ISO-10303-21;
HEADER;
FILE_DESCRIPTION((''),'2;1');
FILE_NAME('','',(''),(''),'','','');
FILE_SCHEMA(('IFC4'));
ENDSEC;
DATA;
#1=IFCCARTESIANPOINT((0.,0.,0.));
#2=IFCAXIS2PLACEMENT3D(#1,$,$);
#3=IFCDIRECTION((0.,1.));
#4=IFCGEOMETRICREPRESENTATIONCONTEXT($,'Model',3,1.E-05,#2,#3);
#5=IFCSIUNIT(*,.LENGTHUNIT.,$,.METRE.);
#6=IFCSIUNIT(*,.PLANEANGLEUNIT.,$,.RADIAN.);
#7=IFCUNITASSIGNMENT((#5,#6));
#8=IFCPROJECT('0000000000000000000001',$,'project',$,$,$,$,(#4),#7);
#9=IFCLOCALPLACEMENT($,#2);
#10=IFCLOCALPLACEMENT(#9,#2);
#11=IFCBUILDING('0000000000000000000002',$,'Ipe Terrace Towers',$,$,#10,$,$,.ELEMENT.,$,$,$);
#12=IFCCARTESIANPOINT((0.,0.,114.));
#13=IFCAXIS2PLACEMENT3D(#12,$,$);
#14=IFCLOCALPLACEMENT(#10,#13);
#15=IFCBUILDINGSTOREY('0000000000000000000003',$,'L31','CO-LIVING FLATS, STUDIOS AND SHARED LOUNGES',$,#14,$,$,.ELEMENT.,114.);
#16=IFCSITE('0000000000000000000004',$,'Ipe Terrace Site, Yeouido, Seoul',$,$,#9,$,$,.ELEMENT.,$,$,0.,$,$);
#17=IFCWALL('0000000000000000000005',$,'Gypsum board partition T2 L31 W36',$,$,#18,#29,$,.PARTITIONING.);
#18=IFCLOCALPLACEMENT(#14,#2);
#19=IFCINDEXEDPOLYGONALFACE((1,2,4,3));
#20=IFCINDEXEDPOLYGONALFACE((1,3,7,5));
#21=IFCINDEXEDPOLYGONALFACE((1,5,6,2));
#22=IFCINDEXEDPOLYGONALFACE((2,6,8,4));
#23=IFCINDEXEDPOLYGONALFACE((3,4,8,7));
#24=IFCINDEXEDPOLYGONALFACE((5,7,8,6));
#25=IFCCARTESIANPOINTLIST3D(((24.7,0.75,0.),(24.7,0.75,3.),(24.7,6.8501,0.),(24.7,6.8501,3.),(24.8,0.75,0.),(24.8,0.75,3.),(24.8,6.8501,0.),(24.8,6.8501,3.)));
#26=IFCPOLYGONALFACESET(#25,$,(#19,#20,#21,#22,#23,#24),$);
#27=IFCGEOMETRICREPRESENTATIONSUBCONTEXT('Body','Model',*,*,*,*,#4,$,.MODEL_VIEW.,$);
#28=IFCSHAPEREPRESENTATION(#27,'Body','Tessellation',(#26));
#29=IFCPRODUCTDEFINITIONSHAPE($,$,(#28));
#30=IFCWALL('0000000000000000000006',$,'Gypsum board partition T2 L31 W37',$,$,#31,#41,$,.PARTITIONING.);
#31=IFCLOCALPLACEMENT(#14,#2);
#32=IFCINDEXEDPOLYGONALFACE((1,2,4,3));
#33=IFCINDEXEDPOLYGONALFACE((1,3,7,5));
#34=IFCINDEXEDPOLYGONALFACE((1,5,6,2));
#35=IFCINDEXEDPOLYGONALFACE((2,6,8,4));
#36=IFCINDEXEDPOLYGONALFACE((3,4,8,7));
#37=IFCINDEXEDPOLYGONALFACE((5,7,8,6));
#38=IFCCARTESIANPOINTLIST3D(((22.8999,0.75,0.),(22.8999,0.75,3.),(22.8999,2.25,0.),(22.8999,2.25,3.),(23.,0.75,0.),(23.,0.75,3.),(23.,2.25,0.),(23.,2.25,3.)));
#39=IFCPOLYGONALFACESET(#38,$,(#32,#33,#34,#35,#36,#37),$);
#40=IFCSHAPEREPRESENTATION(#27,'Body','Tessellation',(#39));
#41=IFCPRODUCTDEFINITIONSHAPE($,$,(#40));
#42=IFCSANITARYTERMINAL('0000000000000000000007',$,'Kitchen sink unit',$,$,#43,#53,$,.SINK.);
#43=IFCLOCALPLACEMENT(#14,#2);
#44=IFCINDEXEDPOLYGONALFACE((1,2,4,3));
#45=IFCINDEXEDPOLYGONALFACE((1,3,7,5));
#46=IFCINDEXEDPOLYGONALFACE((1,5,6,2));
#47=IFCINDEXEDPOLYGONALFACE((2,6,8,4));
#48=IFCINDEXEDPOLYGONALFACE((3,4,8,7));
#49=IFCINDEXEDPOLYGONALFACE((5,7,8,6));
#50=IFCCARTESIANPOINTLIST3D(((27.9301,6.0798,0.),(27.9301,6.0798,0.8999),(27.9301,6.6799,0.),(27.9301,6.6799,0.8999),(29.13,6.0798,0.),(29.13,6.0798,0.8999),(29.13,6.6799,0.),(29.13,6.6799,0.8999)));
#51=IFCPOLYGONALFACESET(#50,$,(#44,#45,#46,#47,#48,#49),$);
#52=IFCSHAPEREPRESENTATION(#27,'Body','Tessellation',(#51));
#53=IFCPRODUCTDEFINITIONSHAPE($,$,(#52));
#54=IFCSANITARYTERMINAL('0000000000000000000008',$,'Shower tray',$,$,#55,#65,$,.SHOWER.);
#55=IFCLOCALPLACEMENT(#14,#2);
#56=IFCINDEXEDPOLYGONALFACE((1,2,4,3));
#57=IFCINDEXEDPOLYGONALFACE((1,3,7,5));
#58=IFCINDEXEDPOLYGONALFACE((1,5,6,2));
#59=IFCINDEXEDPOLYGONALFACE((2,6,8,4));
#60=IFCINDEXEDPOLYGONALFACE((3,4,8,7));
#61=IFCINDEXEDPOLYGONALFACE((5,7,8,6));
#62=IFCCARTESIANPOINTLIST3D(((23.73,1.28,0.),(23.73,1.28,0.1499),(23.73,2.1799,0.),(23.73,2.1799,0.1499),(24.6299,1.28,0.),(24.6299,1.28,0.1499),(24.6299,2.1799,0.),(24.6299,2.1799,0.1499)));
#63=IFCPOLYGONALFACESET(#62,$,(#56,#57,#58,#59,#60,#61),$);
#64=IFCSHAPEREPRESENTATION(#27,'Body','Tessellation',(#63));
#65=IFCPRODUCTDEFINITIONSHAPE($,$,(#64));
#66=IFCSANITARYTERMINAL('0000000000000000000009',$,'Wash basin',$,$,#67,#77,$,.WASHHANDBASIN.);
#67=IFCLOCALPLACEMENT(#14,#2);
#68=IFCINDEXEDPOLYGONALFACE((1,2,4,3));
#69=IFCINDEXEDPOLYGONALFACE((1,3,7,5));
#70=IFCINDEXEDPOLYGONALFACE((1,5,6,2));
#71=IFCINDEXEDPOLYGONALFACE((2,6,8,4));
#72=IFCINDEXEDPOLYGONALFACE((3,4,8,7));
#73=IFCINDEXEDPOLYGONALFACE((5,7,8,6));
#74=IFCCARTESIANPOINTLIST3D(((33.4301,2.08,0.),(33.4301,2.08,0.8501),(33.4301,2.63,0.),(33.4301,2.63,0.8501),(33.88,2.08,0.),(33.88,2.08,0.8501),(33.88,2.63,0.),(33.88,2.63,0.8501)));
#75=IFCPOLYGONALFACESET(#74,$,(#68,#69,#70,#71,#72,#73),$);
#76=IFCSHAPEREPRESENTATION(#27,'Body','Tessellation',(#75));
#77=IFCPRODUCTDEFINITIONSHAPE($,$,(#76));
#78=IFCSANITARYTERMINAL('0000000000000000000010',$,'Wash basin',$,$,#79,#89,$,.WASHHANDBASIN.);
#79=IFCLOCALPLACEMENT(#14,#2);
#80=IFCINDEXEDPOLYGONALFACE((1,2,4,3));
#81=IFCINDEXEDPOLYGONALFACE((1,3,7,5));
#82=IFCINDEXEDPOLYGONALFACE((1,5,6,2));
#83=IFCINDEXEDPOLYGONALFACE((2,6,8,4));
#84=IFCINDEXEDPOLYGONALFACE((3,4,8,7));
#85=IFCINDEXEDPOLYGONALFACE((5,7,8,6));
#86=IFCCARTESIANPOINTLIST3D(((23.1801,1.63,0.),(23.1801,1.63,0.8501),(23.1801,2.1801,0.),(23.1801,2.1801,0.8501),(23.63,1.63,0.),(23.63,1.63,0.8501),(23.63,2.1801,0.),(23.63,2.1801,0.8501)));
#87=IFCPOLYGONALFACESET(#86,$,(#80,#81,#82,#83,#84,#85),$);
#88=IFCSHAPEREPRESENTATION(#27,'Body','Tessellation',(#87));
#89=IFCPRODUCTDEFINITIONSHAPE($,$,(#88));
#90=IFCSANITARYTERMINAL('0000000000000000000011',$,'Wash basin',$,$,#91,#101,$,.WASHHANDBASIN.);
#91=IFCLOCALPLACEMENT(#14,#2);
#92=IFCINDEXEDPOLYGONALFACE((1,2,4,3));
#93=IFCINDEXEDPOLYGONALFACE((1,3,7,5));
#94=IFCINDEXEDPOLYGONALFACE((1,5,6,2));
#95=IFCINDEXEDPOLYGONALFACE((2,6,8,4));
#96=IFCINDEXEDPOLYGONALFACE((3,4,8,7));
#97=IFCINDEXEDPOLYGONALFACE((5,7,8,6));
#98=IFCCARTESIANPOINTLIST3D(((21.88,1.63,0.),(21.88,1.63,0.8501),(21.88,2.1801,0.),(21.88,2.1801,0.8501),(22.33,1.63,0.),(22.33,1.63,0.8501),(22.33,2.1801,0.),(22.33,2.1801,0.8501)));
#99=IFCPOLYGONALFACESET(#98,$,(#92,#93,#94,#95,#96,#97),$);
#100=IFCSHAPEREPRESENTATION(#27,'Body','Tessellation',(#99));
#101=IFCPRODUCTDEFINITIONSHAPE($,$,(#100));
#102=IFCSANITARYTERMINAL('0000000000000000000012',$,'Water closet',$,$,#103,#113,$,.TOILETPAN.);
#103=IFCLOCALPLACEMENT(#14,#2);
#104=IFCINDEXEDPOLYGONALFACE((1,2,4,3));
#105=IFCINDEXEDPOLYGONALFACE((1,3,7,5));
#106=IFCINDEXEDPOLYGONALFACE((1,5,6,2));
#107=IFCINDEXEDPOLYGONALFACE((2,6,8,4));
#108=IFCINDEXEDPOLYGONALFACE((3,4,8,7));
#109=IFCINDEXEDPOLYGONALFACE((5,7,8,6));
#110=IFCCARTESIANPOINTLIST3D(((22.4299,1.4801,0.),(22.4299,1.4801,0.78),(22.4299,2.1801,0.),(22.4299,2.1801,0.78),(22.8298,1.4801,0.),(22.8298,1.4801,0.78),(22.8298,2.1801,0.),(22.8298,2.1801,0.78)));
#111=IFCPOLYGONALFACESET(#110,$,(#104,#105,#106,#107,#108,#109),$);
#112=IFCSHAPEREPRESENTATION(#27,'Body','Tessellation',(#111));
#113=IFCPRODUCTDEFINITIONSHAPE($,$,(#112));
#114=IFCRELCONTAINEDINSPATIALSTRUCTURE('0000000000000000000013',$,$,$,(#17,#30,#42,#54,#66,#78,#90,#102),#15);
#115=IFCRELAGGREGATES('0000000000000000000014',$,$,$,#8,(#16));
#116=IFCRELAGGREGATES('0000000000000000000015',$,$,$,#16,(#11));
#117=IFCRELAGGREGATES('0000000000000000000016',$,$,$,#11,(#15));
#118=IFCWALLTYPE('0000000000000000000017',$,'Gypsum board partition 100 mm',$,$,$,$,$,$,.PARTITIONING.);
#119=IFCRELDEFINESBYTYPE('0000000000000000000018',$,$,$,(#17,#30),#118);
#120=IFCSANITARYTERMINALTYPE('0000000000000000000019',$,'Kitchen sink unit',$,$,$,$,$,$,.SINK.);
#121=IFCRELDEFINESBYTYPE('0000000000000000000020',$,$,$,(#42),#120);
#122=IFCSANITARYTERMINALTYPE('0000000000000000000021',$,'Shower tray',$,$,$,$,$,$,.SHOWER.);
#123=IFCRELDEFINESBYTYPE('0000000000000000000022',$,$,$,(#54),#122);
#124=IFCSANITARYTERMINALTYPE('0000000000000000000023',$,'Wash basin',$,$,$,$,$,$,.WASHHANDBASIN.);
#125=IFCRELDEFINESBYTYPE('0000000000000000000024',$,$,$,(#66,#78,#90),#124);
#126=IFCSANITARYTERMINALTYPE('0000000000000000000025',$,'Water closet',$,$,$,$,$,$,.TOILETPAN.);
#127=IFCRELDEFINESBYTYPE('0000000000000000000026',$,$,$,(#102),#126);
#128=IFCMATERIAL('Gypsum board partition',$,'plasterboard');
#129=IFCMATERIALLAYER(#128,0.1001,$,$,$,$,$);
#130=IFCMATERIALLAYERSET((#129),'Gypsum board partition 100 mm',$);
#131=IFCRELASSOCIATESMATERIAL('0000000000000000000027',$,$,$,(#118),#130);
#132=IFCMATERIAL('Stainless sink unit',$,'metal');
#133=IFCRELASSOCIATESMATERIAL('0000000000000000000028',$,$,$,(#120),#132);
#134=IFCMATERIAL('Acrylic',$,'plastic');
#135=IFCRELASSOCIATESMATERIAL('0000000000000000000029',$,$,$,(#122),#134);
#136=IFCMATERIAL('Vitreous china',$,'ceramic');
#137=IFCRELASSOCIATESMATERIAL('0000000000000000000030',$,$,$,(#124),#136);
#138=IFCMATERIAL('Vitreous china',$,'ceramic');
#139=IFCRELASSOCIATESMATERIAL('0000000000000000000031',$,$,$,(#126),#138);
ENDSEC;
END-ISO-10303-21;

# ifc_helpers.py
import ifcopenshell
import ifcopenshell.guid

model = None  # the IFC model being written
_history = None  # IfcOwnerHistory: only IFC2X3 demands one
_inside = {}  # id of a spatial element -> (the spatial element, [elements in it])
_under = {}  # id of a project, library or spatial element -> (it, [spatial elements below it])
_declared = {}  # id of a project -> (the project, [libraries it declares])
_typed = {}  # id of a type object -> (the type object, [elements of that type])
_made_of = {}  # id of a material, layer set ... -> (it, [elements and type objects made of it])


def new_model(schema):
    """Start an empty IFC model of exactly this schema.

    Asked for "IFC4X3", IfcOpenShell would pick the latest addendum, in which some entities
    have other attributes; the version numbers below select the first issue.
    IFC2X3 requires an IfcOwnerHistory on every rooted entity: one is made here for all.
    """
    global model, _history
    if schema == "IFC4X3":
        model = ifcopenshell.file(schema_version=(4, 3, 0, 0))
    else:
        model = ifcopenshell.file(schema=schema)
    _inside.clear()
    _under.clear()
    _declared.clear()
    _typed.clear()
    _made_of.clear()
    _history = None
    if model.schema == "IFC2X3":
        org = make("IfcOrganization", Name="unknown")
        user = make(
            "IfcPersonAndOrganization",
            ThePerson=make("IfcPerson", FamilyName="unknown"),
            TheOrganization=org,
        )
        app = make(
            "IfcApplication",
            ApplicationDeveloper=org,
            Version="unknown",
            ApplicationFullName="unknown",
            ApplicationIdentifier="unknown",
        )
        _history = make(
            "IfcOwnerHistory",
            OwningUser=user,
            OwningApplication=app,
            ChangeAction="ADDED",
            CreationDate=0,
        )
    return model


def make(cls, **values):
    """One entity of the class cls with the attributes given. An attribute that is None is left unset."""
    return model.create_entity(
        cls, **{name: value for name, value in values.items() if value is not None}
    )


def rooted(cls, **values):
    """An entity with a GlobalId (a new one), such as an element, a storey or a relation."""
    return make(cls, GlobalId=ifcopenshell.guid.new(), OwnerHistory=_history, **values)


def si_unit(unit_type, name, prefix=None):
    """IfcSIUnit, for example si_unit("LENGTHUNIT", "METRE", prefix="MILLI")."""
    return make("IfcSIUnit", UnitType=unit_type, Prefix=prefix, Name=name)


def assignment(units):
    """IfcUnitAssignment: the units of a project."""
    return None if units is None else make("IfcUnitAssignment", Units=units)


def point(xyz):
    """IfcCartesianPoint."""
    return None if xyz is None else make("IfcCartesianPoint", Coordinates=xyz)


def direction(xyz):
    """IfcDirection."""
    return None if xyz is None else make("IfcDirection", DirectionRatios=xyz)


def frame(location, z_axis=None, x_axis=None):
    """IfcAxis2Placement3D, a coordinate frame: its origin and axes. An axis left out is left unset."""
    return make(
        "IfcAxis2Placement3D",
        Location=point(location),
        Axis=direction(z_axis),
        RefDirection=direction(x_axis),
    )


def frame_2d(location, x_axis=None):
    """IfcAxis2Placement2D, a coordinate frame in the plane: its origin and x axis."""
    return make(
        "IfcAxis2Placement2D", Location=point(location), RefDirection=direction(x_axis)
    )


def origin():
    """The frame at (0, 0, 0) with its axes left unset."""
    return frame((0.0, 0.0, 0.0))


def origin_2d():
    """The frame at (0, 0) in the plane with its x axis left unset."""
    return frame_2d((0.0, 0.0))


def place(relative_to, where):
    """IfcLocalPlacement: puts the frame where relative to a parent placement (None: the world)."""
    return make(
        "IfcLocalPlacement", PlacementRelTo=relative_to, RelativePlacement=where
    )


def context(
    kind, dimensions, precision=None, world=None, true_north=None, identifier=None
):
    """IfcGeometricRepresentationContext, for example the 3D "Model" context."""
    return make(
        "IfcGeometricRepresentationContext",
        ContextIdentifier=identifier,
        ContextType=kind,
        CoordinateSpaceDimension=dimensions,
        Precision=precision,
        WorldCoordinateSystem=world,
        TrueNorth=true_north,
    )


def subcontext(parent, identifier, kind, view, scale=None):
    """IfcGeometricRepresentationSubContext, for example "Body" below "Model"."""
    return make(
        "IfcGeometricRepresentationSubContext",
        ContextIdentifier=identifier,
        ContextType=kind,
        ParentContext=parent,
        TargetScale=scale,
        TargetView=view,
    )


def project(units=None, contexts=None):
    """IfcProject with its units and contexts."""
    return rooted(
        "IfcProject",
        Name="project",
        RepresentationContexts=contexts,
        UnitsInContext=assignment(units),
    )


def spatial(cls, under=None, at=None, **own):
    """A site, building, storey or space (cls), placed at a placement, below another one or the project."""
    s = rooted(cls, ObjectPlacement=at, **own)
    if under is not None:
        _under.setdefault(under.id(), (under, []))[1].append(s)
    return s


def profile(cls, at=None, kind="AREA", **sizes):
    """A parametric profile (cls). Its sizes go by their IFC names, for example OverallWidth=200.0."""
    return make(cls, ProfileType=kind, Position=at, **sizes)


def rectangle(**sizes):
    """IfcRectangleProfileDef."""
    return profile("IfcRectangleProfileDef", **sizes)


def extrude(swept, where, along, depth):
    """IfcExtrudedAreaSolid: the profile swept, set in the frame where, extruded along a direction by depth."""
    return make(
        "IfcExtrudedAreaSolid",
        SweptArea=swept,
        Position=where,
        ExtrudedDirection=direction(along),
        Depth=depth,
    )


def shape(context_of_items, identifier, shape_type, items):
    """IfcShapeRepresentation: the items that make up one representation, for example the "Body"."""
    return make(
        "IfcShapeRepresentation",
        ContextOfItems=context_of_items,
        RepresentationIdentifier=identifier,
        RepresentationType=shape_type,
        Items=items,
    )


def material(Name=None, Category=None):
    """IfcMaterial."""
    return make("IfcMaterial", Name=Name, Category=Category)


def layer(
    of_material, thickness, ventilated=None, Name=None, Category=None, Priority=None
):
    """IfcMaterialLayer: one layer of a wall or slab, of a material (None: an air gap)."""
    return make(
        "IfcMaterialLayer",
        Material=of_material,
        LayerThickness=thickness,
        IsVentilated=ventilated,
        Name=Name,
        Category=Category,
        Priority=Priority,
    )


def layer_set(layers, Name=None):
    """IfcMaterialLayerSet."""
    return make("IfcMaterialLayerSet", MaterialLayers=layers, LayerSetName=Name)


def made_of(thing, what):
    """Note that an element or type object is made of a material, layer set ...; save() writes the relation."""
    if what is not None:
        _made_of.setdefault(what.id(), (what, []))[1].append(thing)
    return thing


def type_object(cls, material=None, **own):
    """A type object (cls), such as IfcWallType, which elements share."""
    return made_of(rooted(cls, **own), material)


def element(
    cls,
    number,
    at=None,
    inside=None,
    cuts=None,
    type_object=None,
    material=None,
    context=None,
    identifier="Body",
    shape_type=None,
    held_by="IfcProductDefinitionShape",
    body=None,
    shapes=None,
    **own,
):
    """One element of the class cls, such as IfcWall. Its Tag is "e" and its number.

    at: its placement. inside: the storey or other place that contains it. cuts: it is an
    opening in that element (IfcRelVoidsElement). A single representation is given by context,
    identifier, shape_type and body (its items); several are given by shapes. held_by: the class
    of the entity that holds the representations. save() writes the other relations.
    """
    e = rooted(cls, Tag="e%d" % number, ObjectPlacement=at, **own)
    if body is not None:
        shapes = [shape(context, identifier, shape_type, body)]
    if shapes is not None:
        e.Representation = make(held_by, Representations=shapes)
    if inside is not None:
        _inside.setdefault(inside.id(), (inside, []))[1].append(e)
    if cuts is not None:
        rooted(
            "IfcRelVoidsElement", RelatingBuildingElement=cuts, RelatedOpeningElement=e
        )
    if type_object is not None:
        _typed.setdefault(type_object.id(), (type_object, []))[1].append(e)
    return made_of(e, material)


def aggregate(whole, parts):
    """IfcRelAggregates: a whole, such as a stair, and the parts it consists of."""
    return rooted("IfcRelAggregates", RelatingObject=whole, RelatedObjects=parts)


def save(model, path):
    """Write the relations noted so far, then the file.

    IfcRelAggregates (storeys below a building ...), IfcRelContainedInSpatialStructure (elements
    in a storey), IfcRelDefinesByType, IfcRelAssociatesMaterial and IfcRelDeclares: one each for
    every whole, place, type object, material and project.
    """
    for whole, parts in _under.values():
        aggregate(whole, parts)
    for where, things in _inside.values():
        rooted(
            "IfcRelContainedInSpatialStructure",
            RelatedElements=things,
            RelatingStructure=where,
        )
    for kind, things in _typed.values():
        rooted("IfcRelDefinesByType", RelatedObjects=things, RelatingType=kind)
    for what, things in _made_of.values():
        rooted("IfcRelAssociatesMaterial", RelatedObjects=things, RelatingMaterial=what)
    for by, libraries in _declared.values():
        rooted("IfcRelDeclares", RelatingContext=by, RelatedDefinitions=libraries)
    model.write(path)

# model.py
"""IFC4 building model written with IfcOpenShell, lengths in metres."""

from ifc_helpers import new_model, si_unit, direction, frame, frame_2d, origin, origin_2d, place, context, subcontext, project, spatial, rectangle, extrude, material, layer, layer_set, type_object, element, save


model = new_model("IFC4")

# Units and contexts
model_context = context("Model", 3, precision=1e-05, world=origin(), true_north=direction((0.0, 1.0)))
body_context = subcontext(model_context, "Body", "Model", "MODEL_VIEW")
ifc_project = project(units=[si_unit("LENGTHUNIT", "METRE"), si_unit("PLANEANGLEUNIT", "RADIAN")], contexts=[model_context])

# Site, building, storey
site_placement = place(None, origin())
site = spatial("IfcSite", under=ifc_project, at=site_placement, Name="Ipe Terrace Site, Yeouido, Seoul", CompositionType="ELEMENT", RefElevation=0.0)
building_placement = place(site_placement, origin())
building = spatial("IfcBuilding", under=site, at=building_placement, Name="Ipe Terrace Towers", CompositionType="ELEMENT")
storey_placement = place(building_placement, frame((0.0, 0.0, 114.0)))
storey = spatial("IfcBuildingStorey", under=building, at=storey_placement, Name="L31", Description="CO-LIVING FLATS, STUDIOS AND SHARED LOUNGES", CompositionType="ELEMENT", Elevation=114.0)

# Shared definitions
ifc_material_1 = material(Name="Gypsum board partition", Category="plasterboard")
ifc_layer_1 = layer(ifc_material_1, 0.1001)
ifc_layer_set_1 = layer_set([ifc_layer_1], Name="Gypsum board partition 100 mm")
wall_type = type_object("IfcWallType", Name="Gypsum board partition 100 mm", PredefinedType="PARTITIONING", material=ifc_layer_set_1)

# Walls
wall_1_placement = place(storey_placement, frame((24.75, 0.75, 0.0), z_axis=(0.0, 0.0, 1.0), x_axis=(0.0, 1.0, 0.0)))
element("IfcWall", 1, at=wall_1_placement, inside=storey, type_object=wall_type, Name="Gypsum board partition T2 L31 W36", PredefinedType="PARTITIONING", context=body_context, shape_type="SweptSolid", body=[
    extrude(rectangle(XDim=6.1001, YDim=0.1001, at=frame_2d((3.05, 0.0))), origin(), (0.0, 0.0, 1.0), 3.0),
])
wall_2_placement = place(storey_placement, frame((22.95, 0.75, 0.0), z_axis=(0.0, 0.0, 1.0), x_axis=(0.0, 1.0, 0.0)))
element("IfcWall", 2, at=wall_2_placement, inside=storey, type_object=wall_type, Name="Gypsum board partition T2 L31 W37", PredefinedType="PARTITIONING", context=body_context, shape_type="SweptSolid", body=[
    extrude(rectangle(XDim=1.5, YDim=0.1001, at=frame_2d((0.75, 0.0))), origin(), (0.0, 0.0, 1.0), 3.0),
])

# Sanitary terminals
ifc_material_2 = material(Name="Stainless sink unit", Category="metal")
sanitary_terminal_type_1 = type_object("IfcSanitaryTerminalType", Name="Kitchen sink unit", PredefinedType="SINK", material=ifc_material_2)
sanitary_terminal_1_placement = place(storey_placement, frame((28.53, 6.3799, 0.0), z_axis=(0.0, 0.0, 1.0), x_axis=(1.0, 0.0, 0.0)))
element("IfcSanitaryTerminal", 3, at=sanitary_terminal_1_placement, inside=storey, type_object=sanitary_terminal_type_1, Name="Kitchen sink unit", PredefinedType="SINK", context=body_context, shape_type="SweptSolid", body=[
    extrude(rectangle(XDim=1.2, YDim=0.6001, at=origin_2d()), origin(), (0.0, 0.0, 1.0), 0.8999),
])
ifc_material_3 = material(Name="Acrylic", Category="plastic")
sanitary_terminal_type_2 = type_object("IfcSanitaryTerminalType", Name="Shower tray", PredefinedType="SHOWER", material=ifc_material_3)
sanitary_terminal_2_placement = place(storey_placement, frame((24.1799, 1.73, 0.0), z_axis=(0.0, 0.0, 1.0), x_axis=(0.0, -1.0, 0.0)))
element("IfcSanitaryTerminal", 4, at=sanitary_terminal_2_placement, inside=storey, type_object=sanitary_terminal_type_2, Name="Shower tray", PredefinedType="SHOWER", context=body_context, shape_type="SweptSolid", body=[
    extrude(rectangle(XDim=0.8999, YDim=0.8999, at=origin_2d()), origin(), (0.0, 0.0, 1.0), 0.1499),
])
ifc_material_4 = material(Name="Vitreous china", Category="ceramic")
sanitary_terminal_type_3 = type_object("IfcSanitaryTerminalType", Name="Wash basin", PredefinedType="WASHHANDBASIN", material=ifc_material_4)
for number, where, z_axis, x_axis, name in (
    (5, (33.655, 2.355, 0.0), (0.0, 0.0, 1.0), (0.0, -1.0, 0.0), "Wash basin"),
    (6, (23.405, 1.905, 0.0), (0.0, 0.0, 1.0), (0.0, -1.0, 0.0), "Wash basin"),
    (7, (22.105, 1.905, 0.0), (0.0, 0.0, 1.0), (0.0, -1.0, 0.0), "Wash basin"),
):
    element("IfcSanitaryTerminal", number, at=place(storey_placement, frame(where, z_axis=z_axis, x_axis=x_axis)), inside=storey, type_object=sanitary_terminal_type_3, Name=name, PredefinedType="WASHHANDBASIN", context=body_context, shape_type="SweptSolid", body=[
        extrude(rectangle(XDim=0.55, YDim=0.45, at=origin_2d()), origin(), (0.0, 0.0, 1.0), 0.8501),
    ])
ifc_material_5 = material(Name="Vitreous china", Category="ceramic")
sanitary_terminal_type_4 = type_object("IfcSanitaryTerminalType", Name="Water closet", PredefinedType="TOILETPAN", material=ifc_material_5)
sanitary_terminal_3_placement = place(storey_placement, frame((22.6299, 1.8301, 0.0), z_axis=(0.0, 0.0, 1.0), x_axis=(0.0, -1.0, 0.0)))
element("IfcSanitaryTerminal", 8, at=sanitary_terminal_3_placement, inside=storey, type_object=sanitary_terminal_type_4, Name="Water closet", PredefinedType="TOILETPAN", context=body_context, shape_type="SweptSolid", body=[
    extrude(rectangle(XDim=0.7, YDim=0.3999, at=origin_2d()), origin(), (0.0, 0.0, 1.0), 0.78),
])

save(model, "model.ifc")
